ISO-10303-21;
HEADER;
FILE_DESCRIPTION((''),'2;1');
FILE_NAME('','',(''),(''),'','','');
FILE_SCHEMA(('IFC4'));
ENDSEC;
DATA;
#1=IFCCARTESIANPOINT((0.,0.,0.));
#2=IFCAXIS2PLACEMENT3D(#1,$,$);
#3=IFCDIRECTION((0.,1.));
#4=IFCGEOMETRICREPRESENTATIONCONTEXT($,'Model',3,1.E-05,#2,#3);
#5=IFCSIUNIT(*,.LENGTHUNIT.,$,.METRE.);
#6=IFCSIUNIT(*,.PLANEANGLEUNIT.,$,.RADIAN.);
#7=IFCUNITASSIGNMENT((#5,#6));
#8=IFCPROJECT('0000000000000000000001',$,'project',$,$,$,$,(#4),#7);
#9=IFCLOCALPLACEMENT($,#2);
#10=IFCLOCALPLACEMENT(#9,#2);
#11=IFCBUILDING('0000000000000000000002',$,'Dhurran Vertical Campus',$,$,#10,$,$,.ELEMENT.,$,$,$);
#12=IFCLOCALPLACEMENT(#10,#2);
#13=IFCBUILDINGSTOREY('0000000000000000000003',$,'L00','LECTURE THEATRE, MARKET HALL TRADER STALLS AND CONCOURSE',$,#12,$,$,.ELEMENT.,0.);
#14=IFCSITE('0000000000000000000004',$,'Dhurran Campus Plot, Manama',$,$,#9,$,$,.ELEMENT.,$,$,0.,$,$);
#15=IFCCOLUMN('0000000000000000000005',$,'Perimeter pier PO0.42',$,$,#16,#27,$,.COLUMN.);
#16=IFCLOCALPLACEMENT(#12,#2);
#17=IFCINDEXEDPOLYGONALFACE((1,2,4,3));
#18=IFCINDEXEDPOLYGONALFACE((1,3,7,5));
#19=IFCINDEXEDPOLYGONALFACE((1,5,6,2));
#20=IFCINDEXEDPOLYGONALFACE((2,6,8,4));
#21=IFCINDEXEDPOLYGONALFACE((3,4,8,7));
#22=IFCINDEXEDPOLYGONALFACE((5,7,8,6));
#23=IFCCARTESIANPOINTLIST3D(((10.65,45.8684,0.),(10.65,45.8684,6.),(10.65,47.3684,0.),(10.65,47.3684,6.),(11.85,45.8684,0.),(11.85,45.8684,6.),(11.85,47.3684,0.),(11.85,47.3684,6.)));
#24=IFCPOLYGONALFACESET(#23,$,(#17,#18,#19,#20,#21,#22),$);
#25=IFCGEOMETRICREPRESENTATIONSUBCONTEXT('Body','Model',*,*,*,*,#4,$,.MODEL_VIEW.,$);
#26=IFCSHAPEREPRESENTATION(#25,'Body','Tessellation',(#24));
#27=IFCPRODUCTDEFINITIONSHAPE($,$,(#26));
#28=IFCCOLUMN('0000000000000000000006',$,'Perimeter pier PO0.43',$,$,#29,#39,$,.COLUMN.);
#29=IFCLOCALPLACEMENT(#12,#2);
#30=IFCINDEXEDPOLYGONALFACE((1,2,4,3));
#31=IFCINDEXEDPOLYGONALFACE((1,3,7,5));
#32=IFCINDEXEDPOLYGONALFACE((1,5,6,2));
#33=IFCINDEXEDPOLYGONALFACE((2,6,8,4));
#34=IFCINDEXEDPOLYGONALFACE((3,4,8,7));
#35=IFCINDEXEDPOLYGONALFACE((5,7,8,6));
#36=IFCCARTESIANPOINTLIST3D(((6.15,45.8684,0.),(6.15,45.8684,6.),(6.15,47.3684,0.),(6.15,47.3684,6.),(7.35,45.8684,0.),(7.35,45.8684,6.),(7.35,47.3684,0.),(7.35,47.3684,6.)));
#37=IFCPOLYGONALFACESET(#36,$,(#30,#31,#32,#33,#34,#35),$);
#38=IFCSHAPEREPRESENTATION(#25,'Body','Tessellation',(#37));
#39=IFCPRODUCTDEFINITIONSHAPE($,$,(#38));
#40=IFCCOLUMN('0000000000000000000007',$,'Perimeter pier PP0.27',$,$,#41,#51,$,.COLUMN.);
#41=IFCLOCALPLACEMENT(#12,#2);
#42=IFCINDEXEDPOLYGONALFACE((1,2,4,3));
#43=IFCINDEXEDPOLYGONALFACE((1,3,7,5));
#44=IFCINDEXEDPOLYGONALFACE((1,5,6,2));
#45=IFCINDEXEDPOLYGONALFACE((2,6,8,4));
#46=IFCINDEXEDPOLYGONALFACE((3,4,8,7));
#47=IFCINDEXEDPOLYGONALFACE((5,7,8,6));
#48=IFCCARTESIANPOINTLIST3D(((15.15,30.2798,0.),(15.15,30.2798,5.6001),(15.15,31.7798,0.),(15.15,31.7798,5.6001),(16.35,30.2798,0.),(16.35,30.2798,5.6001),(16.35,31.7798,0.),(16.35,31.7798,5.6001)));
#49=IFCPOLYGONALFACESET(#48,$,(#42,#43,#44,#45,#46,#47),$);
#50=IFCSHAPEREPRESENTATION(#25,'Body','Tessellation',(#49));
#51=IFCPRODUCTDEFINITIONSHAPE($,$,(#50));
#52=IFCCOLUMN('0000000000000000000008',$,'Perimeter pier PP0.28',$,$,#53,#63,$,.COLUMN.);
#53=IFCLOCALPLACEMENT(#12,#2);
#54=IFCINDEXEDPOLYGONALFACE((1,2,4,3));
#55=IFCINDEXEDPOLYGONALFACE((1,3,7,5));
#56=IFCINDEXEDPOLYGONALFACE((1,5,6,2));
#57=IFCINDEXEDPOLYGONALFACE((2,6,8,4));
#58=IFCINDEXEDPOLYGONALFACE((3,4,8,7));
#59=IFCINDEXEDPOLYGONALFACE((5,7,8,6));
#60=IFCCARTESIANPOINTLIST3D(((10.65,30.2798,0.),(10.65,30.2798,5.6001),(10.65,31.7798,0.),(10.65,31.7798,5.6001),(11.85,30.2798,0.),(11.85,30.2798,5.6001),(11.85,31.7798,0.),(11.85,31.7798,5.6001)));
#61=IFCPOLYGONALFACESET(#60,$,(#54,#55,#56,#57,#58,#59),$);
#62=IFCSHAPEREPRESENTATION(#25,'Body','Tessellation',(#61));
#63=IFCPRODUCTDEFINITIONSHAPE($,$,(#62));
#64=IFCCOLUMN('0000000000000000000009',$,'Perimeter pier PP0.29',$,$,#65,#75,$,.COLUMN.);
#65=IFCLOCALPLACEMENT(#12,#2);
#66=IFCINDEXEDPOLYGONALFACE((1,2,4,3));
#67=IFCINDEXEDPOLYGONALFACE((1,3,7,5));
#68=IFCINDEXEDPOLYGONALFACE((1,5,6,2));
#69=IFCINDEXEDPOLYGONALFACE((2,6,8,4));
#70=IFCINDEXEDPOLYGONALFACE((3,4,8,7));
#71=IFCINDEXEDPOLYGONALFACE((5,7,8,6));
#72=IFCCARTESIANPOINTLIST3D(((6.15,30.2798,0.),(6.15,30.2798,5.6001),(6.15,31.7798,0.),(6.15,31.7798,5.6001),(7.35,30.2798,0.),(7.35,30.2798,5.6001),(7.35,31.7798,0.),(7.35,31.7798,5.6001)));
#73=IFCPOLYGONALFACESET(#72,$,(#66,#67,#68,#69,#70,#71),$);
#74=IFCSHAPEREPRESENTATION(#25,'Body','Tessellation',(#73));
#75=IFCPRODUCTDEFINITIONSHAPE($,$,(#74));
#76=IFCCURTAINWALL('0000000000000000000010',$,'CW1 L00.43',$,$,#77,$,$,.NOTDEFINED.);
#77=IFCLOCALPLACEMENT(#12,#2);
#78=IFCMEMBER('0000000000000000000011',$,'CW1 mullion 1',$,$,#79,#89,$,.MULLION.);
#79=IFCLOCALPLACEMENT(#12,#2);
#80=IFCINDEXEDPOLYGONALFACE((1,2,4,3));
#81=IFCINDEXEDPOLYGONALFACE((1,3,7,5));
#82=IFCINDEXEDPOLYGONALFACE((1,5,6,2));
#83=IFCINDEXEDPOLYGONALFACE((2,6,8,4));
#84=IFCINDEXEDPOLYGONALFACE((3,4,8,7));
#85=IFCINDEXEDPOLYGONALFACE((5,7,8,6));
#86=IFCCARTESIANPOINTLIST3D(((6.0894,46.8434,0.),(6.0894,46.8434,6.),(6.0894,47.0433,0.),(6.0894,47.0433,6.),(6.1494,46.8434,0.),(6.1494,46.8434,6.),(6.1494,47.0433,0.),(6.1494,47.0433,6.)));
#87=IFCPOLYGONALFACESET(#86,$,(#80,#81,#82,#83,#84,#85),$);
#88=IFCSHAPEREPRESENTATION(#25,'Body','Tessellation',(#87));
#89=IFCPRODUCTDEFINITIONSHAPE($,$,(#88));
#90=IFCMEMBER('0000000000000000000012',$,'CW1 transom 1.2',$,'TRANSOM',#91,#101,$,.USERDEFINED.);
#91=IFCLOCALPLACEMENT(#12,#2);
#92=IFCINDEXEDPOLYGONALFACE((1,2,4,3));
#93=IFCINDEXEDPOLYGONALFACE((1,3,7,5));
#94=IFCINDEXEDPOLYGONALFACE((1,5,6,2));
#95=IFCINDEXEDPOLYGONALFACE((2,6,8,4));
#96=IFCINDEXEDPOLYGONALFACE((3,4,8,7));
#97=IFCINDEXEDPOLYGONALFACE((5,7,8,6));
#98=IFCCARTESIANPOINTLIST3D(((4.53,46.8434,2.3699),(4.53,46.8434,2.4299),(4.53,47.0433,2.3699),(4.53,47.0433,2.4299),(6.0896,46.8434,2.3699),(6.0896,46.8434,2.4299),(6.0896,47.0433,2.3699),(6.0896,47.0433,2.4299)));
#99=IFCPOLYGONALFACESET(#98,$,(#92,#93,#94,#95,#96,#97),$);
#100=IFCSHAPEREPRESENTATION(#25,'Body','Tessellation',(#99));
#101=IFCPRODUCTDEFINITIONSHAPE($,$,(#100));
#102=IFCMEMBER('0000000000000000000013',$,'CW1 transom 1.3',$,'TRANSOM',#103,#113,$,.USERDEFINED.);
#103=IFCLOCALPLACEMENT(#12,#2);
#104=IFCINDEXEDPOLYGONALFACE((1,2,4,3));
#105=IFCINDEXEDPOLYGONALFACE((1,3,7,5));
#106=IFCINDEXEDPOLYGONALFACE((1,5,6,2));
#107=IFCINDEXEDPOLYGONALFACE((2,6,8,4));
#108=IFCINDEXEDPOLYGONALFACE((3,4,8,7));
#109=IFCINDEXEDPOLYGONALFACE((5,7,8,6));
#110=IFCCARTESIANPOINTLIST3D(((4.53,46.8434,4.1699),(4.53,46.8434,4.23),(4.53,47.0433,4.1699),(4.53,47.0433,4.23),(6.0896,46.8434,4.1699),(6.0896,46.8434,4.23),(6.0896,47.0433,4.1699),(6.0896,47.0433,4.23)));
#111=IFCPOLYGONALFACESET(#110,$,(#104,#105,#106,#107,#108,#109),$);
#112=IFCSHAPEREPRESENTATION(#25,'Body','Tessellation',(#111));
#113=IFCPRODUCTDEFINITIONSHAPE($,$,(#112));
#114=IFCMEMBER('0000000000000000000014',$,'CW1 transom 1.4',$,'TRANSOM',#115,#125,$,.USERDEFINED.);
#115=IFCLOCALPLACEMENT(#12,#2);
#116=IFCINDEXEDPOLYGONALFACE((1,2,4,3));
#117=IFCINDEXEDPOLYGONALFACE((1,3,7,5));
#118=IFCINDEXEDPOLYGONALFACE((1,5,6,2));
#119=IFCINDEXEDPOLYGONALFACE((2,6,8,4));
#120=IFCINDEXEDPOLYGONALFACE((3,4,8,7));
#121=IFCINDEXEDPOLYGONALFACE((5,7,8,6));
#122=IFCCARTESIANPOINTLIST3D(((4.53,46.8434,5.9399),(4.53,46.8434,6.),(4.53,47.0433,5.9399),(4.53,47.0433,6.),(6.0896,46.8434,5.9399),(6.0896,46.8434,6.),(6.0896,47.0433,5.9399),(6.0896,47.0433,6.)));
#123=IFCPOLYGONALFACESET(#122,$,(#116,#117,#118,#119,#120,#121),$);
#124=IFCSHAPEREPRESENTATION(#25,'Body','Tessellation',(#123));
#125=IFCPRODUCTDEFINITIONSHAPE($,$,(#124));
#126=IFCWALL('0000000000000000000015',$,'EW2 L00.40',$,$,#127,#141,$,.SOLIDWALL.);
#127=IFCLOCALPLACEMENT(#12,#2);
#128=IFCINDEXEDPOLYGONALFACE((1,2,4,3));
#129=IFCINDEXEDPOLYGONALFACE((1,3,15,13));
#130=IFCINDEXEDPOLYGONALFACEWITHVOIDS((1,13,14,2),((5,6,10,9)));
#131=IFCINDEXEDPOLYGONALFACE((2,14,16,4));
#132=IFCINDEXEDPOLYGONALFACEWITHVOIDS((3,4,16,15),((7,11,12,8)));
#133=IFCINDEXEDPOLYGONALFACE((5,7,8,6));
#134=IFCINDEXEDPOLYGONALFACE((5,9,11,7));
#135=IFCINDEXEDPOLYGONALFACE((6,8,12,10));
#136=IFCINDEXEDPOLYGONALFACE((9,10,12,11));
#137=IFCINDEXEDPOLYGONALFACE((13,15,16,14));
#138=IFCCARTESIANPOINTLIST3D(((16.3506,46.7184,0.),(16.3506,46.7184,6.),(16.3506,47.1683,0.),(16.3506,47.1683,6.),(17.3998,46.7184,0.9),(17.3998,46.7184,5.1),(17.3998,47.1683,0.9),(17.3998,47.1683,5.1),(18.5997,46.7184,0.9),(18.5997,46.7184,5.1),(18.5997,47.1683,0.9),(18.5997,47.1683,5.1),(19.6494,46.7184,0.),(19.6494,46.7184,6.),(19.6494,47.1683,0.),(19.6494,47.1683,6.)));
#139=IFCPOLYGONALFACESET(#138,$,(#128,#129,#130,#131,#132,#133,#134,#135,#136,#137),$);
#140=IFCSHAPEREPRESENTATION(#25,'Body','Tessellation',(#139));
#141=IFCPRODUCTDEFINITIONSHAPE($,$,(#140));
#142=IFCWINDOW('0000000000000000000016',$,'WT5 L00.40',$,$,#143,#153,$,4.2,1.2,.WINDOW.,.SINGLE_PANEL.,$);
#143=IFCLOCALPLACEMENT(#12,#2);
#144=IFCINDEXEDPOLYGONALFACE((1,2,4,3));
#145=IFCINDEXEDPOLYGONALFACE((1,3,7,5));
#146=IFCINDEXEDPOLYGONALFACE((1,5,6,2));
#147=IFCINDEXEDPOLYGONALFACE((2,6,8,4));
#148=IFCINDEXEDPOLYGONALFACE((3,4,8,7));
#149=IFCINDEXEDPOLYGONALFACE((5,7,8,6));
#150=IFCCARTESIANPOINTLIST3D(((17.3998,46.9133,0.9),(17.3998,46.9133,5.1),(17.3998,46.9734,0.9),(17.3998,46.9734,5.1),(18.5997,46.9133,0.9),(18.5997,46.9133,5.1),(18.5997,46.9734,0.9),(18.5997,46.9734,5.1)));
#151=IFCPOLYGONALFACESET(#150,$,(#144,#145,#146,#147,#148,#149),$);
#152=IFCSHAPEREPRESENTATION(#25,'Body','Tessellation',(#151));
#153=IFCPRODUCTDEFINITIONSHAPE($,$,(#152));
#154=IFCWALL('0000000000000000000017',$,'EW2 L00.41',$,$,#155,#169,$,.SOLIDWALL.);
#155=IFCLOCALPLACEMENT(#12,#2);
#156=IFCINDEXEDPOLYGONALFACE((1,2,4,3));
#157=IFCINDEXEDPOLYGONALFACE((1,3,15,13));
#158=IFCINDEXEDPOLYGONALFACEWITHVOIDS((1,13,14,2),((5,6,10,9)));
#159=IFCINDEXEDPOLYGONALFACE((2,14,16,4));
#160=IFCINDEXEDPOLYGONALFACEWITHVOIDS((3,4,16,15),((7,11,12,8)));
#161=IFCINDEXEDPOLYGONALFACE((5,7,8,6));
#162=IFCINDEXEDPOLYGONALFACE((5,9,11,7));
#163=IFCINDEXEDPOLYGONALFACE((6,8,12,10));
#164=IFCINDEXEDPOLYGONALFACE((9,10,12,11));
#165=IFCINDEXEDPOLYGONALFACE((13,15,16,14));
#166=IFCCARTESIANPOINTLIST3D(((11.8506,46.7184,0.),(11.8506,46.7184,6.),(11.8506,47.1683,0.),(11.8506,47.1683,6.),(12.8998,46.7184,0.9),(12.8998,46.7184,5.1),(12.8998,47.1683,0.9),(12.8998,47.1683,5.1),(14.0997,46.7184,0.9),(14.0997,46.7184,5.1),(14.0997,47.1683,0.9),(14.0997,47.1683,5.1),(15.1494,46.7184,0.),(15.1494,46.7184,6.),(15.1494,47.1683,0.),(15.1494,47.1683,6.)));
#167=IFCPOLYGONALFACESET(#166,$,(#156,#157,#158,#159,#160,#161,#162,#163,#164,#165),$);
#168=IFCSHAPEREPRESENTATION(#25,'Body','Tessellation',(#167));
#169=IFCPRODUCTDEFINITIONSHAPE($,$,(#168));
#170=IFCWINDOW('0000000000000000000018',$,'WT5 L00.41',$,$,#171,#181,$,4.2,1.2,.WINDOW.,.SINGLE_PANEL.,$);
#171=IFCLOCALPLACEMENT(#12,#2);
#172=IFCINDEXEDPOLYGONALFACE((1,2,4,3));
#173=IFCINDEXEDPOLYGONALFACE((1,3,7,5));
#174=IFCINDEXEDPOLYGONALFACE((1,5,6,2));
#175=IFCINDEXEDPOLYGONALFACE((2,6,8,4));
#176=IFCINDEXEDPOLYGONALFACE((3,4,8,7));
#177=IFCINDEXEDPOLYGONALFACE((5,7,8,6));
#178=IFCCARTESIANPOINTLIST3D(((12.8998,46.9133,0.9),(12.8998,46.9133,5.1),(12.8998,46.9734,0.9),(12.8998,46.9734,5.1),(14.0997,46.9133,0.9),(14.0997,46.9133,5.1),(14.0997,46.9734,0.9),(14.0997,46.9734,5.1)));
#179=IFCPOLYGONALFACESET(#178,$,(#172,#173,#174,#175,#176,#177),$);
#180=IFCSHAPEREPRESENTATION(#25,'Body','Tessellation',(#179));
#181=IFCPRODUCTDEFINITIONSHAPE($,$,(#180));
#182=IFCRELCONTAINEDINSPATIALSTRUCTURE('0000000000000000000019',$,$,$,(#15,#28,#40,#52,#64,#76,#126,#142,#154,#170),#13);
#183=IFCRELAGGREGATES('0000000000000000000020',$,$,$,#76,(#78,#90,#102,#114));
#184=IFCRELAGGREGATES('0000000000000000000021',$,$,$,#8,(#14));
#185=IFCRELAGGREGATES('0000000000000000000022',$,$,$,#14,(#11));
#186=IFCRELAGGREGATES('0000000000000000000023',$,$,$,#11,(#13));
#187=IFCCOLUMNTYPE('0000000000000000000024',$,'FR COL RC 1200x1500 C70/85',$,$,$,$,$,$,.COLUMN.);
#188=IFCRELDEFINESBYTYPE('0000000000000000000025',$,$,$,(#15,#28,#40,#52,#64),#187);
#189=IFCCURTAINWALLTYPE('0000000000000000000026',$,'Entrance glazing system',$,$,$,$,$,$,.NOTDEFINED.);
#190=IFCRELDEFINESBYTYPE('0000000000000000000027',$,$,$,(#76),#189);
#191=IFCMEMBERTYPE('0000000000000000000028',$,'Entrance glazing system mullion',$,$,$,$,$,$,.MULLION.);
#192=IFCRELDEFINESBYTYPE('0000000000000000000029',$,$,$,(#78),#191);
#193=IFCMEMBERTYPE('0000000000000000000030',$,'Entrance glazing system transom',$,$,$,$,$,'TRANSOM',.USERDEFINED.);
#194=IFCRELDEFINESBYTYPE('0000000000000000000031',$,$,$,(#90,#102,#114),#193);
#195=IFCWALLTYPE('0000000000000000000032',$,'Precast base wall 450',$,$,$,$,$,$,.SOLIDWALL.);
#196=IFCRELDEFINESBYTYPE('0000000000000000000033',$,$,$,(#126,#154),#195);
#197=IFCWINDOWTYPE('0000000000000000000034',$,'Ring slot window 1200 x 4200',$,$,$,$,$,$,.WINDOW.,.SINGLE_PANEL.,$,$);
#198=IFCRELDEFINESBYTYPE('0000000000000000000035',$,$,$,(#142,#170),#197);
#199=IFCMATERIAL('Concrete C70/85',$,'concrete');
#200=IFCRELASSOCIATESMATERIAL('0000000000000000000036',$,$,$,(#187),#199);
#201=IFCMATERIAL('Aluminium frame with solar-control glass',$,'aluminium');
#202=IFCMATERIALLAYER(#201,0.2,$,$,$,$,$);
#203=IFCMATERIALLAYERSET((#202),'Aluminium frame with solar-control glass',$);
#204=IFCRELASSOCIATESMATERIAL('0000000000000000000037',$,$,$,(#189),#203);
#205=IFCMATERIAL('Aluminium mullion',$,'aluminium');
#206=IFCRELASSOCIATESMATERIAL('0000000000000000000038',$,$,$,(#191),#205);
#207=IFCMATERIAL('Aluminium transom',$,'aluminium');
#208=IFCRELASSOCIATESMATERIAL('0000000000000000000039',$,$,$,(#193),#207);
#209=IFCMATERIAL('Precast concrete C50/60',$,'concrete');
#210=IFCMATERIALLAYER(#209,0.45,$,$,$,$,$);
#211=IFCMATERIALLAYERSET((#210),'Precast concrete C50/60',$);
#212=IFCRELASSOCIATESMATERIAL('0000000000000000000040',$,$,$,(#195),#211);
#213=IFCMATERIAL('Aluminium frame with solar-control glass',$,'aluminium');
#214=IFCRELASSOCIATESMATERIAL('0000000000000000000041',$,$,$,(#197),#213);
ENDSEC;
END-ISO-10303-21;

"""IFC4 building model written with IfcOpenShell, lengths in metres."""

from ifc_helpers import new_model, si_unit, direction, frame, frame_2d, origin, origin_2d, place, context, subcontext, project, spatial, rectangle, extrude, material, layer, layer_set, material_profile, profile_set, type_object, element, fill, aggregate, save


model = new_model("IFC4")

# Units and contexts
model_context = context("Model", 3, precision=1e-05, world=origin(), true_north=direction((0.0, 1.0)))
body_context = subcontext(model_context, "Body", "Model", "MODEL_VIEW")
ifc_project = project(units=[si_unit("LENGTHUNIT", "METRE"), si_unit("PLANEANGLEUNIT", "RADIAN")], contexts=[model_context])

# Site, building, storey
site_placement = place(None, origin())
site = spatial("IfcSite", under=ifc_project, at=site_placement, Name="Dhurran Campus Plot, Manama", CompositionType="ELEMENT", RefElevation=0.0)
building_placement = place(site_placement, origin())
building = spatial("IfcBuilding", under=site, at=building_placement, Name="Dhurran Vertical Campus", CompositionType="ELEMENT")
storey_placement = place(building_placement, origin())
storey = spatial("IfcBuildingStorey", under=building, at=storey_placement, Name="L00", Description="LECTURE THEATRE, MARKET HALL TRADER STALLS AND CONCOURSE", CompositionType="ELEMENT", Elevation=0.0)

# Columns
ifc_material_1 = material(Name="Concrete C70/85", Category="concrete")
ifc_material_profile_1 = material_profile(ifc_material_1, rectangle(XDim=1.2, YDim=1.5, at=origin_2d()), Name="RC 1200x1500")
ifc_profile_set_1 = profile_set([ifc_material_profile_1], Name="Concrete C70/85")
column_type = type_object("IfcColumnType", Name="FR COL RC 1200x1500 C70/85", PredefinedType="COLUMN", material=ifc_profile_set_1)
for number, where, z_axis, x_axis, name in (
    (1, (11.25, 46.6184, 0.0), (0.0, 0.0, 1.0), (-1.0, 0.0, 0.0), "Perimeter pier PO0.42"),
    (2, (6.75, 46.6184, 0.0), (0.0, 0.0, 1.0), (-1.0, 0.0, 0.0), "Perimeter pier PO0.43"),
):
    element("IfcColumn", number, at=place(storey_placement, frame(where, z_axis=z_axis, x_axis=x_axis)), inside=storey, type_object=column_type, Name=name, PredefinedType="COLUMN", context=body_context, shape_type="SweptSolid", body=[
        extrude(rectangle(XDim=1.2, YDim=1.5, at=origin_2d()), origin(), (0.0, 0.0, 1.0), 6.0),
    ])
for number, where, z_axis, x_axis, name in (
    (3, (15.75, 31.0298, 0.0), (0.0, 0.0, 1.0), (-1.0, 0.0, 0.0), "Perimeter pier PP0.27"),
    (4, (11.25, 31.0298, 0.0), (0.0, 0.0, 1.0), (-1.0, 0.0, 0.0), "Perimeter pier PP0.28"),
    (5, (6.75, 31.0298, 0.0), (0.0, 0.0, 1.0), (-1.0, 0.0, 0.0), "Perimeter pier PP0.29"),
):
    element("IfcColumn", number, at=place(storey_placement, frame(where, z_axis=z_axis, x_axis=x_axis)), inside=storey, type_object=column_type, Name=name, PredefinedType="COLUMN", context=body_context, shape_type="SweptSolid", body=[
        extrude(rectangle(XDim=1.2, YDim=1.5, at=origin_2d()), origin(), (0.0, 0.0, 1.0), 5.6001),
    ])

# Curtain wall, members
ifc_material_2 = material(Name="Aluminium frame with solar-control glass", Category="aluminium")
ifc_layer_1 = layer(ifc_material_2, 0.2)
ifc_layer_set_1 = layer_set([ifc_layer_1], Name="Aluminium frame with solar-control glass")
curtain_wall_type = type_object("IfcCurtainWallType", Name="Entrance glazing system", PredefinedType="NOTDEFINED", material=ifc_layer_set_1)
curtain_wall_placement = place(storey_placement, origin())
curtain_wall = element("IfcCurtainWall", 6, at=curtain_wall_placement, inside=storey, type_object=curtain_wall_type, Name="CW1 L00.43", PredefinedType="NOTDEFINED")
ifc_material_3 = material(Name="Aluminium mullion", Category="aluminium")
ifc_material_profile_2 = material_profile(ifc_material_3, rectangle(XDim=0.2, YDim=0.0601, at=origin_2d()), Name="Entrance glazing system mullion")
ifc_profile_set_2 = profile_set([ifc_material_profile_2], Name="Aluminium mullion")
member_type_1 = type_object("IfcMemberType", Name="Entrance glazing system mullion", PredefinedType="MULLION", material=ifc_profile_set_2)
member_1_placement = place(storey_placement, frame((6.1194, 46.9434, 0.0), z_axis=(0.0, 0.0, 1.0), x_axis=(0.0, -1.0, 0.0)))
member_1 = element("IfcMember", 7, at=member_1_placement, type_object=member_type_1, Name="CW1 mullion 1", PredefinedType="MULLION", context=body_context, shape_type="SweptSolid", body=[
    extrude(rectangle(XDim=0.2, YDim=0.0601, at=origin_2d()), origin(), (0.0, 0.0, 1.0), 6.0),
])
ifc_material_4 = material(Name="Aluminium transom", Category="aluminium")
ifc_material_profile_3 = material_profile(ifc_material_4, rectangle(XDim=0.2, YDim=0.0601, at=origin_2d()), Name="Entrance glazing system transom")
ifc_profile_set_3 = profile_set([ifc_material_profile_3], Name="Aluminium transom")
member_type_2 = type_object("IfcMemberType", Name="Entrance glazing system transom", ElementType="TRANSOM", PredefinedType="USERDEFINED", material=ifc_profile_set_3)
member_2_placement = place(storey_placement, frame((6.0896, 46.9434, 2.3999), z_axis=(-1.0, 0.0, 0.0), x_axis=(0.0, -1.0, 0.0)))
member_2 = element("IfcMember", 8, at=member_2_placement, type_object=member_type_2, Name="CW1 transom 1.2", ObjectType="TRANSOM", PredefinedType="USERDEFINED", context=body_context, shape_type="SweptSolid", body=[
    extrude(rectangle(XDim=0.2, YDim=0.0601, at=origin_2d()), origin(), (0.0, 0.0, 1.0), 1.5596),
])
member_3_placement = place(storey_placement, frame((6.0896, 46.9434, 4.2), z_axis=(-1.0, 0.0, 0.0), x_axis=(0.0, -1.0, 0.0)))
member_3 = element("IfcMember", 9, at=member_3_placement, type_object=member_type_2, Name="CW1 transom 1.3", ObjectType="TRANSOM", PredefinedType="USERDEFINED", context=body_context, shape_type="SweptSolid", body=[
    extrude(rectangle(XDim=0.2, YDim=0.0601, at=origin_2d()), origin(), (0.0, 0.0, 1.0), 1.5596),
])
member_4_placement = place(storey_placement, frame((6.0896, 46.9434, 5.97), z_axis=(-1.0, 0.0, 0.0), x_axis=(0.0, -1.0, 0.0)))
member_4 = element("IfcMember", 10, at=member_4_placement, type_object=member_type_2, Name="CW1 transom 1.4", ObjectType="TRANSOM", PredefinedType="USERDEFINED", context=body_context, shape_type="SweptSolid", body=[
    extrude(rectangle(XDim=0.2, YDim=0.0601, at=origin_2d()), origin(), (0.0, 0.0, 1.0), 1.5596),
])
aggregate(curtain_wall, [member_1, member_2, member_3, member_4])

# Walls, openings, windows
ifc_material_5 = material(Name="Precast concrete C50/60", Category="concrete")
ifc_layer_2 = layer(ifc_material_5, 0.45)
ifc_layer_set_2 = layer_set([ifc_layer_2], Name="Precast concrete C50/60")
wall_type_1 = type_object("IfcWallType", Name="Precast base wall 450", PredefinedType="SOLIDWALL", material=ifc_layer_set_2)
wall_1_placement = place(storey_placement, frame((19.6494, 46.9434, 0.0), z_axis=(0.0, 0.0, 1.0), x_axis=(-1.0, 0.0, 0.0)))
wall_1 = element("IfcWall", 11, at=wall_1_placement, inside=storey, type_object=wall_type_1, Name="EW2 L00.40", PredefinedType="SOLIDWALL", context=body_context, shape_type="SweptSolid", body=[
    extrude(rectangle(XDim=3.2988, YDim=0.45, at=frame_2d((1.6494, 0.0))), origin(), (0.0, 0.0, 1.0), 6.0),
])
opening_1_placement = place(wall_1_placement, frame((1.0496, 0.0, 0.8999)))
opening_1 = element("IfcOpeningElement", 12, at=opening_1_placement, cuts=wall_1, PredefinedType="OPENING", context=body_context, shape_type="SweptSolid", body=[
    extrude(rectangle(XDim=1.2, YDim=4.2, at=frame_2d((0.6001, 2.1001))), frame((0.0, 0.2349, 0.0), z_axis=(0.0, -1.0, 0.0), x_axis=(1.0, 0.0, 0.0)), (0.0, 0.0, 1.0), 0.47),
])
ifc_material_6 = material(Name="Aluminium frame with solar-control glass", Category="aluminium")
window_type = type_object("IfcWindowType", Name="Ring slot window 1200 x 4200", PartitioningType="SINGLE_PANEL", PredefinedType="WINDOW", material=ifc_material_6)
window_1_placement = place(opening_1_placement, origin())
window_1 = element("IfcWindow", 13, at=window_1_placement, inside=storey, type_object=window_type, Name="WT5 L00.40", OverallHeight=4.2, OverallWidth=1.2, PartitioningType="SINGLE_PANEL", PredefinedType="WINDOW", context=body_context, shape_type="SweptSolid", body=[
    extrude(rectangle(XDim=1.2, YDim=4.2, at=frame_2d((0.6001, 2.1001))), frame((0.0, 0.03, 0.0), z_axis=(0.0, -1.0, 0.0), x_axis=(1.0, 0.0, 0.0)), (0.0, 0.0, 1.0), 0.0601),
])
fill(opening_1, window_1)
wall_2_placement = place(storey_placement, frame((15.1494, 46.9434, 0.0), z_axis=(0.0, 0.0, 1.0), x_axis=(-1.0, 0.0, 0.0)))
wall_2 = element("IfcWall", 14, at=wall_2_placement, inside=storey, type_object=wall_type_1, Name="EW2 L00.41", PredefinedType="SOLIDWALL", context=body_context, shape_type="SweptSolid", body=[
    extrude(rectangle(XDim=3.2988, YDim=0.45, at=frame_2d((1.6494, 0.0))), origin(), (0.0, 0.0, 1.0), 6.0),
])
opening_2_placement = place(wall_2_placement, frame((1.0496, 0.0, 0.8999)))
opening_2 = element("IfcOpeningElement", 15, at=opening_2_placement, cuts=wall_2, PredefinedType="OPENING", context=body_context, shape_type="SweptSolid", body=[
    extrude(rectangle(XDim=1.2, YDim=4.2, at=frame_2d((0.6001, 2.1001))), frame((0.0, 0.2349, 0.0), z_axis=(0.0, -1.0, 0.0), x_axis=(1.0, 0.0, 0.0)), (0.0, 0.0, 1.0), 0.47),
])
window_2_placement = place(opening_2_placement, origin())
window_2 = element("IfcWindow", 16, at=window_2_placement, inside=storey, type_object=window_type, Name="WT5 L00.41", OverallHeight=4.2, OverallWidth=1.2, PartitioningType="SINGLE_PANEL", PredefinedType="WINDOW", context=body_context, shape_type="SweptSolid", body=[
    extrude(rectangle(XDim=1.2, YDim=4.2, at=frame_2d((0.6001, 2.1001))), frame((0.0, 0.03, 0.0), z_axis=(0.0, -1.0, 0.0), x_axis=(1.0, 0.0, 0.0)), (0.0, 0.0, 1.0), 0.0601),
])
fill(opening_2, window_2)

save(model, "model.ifc")
